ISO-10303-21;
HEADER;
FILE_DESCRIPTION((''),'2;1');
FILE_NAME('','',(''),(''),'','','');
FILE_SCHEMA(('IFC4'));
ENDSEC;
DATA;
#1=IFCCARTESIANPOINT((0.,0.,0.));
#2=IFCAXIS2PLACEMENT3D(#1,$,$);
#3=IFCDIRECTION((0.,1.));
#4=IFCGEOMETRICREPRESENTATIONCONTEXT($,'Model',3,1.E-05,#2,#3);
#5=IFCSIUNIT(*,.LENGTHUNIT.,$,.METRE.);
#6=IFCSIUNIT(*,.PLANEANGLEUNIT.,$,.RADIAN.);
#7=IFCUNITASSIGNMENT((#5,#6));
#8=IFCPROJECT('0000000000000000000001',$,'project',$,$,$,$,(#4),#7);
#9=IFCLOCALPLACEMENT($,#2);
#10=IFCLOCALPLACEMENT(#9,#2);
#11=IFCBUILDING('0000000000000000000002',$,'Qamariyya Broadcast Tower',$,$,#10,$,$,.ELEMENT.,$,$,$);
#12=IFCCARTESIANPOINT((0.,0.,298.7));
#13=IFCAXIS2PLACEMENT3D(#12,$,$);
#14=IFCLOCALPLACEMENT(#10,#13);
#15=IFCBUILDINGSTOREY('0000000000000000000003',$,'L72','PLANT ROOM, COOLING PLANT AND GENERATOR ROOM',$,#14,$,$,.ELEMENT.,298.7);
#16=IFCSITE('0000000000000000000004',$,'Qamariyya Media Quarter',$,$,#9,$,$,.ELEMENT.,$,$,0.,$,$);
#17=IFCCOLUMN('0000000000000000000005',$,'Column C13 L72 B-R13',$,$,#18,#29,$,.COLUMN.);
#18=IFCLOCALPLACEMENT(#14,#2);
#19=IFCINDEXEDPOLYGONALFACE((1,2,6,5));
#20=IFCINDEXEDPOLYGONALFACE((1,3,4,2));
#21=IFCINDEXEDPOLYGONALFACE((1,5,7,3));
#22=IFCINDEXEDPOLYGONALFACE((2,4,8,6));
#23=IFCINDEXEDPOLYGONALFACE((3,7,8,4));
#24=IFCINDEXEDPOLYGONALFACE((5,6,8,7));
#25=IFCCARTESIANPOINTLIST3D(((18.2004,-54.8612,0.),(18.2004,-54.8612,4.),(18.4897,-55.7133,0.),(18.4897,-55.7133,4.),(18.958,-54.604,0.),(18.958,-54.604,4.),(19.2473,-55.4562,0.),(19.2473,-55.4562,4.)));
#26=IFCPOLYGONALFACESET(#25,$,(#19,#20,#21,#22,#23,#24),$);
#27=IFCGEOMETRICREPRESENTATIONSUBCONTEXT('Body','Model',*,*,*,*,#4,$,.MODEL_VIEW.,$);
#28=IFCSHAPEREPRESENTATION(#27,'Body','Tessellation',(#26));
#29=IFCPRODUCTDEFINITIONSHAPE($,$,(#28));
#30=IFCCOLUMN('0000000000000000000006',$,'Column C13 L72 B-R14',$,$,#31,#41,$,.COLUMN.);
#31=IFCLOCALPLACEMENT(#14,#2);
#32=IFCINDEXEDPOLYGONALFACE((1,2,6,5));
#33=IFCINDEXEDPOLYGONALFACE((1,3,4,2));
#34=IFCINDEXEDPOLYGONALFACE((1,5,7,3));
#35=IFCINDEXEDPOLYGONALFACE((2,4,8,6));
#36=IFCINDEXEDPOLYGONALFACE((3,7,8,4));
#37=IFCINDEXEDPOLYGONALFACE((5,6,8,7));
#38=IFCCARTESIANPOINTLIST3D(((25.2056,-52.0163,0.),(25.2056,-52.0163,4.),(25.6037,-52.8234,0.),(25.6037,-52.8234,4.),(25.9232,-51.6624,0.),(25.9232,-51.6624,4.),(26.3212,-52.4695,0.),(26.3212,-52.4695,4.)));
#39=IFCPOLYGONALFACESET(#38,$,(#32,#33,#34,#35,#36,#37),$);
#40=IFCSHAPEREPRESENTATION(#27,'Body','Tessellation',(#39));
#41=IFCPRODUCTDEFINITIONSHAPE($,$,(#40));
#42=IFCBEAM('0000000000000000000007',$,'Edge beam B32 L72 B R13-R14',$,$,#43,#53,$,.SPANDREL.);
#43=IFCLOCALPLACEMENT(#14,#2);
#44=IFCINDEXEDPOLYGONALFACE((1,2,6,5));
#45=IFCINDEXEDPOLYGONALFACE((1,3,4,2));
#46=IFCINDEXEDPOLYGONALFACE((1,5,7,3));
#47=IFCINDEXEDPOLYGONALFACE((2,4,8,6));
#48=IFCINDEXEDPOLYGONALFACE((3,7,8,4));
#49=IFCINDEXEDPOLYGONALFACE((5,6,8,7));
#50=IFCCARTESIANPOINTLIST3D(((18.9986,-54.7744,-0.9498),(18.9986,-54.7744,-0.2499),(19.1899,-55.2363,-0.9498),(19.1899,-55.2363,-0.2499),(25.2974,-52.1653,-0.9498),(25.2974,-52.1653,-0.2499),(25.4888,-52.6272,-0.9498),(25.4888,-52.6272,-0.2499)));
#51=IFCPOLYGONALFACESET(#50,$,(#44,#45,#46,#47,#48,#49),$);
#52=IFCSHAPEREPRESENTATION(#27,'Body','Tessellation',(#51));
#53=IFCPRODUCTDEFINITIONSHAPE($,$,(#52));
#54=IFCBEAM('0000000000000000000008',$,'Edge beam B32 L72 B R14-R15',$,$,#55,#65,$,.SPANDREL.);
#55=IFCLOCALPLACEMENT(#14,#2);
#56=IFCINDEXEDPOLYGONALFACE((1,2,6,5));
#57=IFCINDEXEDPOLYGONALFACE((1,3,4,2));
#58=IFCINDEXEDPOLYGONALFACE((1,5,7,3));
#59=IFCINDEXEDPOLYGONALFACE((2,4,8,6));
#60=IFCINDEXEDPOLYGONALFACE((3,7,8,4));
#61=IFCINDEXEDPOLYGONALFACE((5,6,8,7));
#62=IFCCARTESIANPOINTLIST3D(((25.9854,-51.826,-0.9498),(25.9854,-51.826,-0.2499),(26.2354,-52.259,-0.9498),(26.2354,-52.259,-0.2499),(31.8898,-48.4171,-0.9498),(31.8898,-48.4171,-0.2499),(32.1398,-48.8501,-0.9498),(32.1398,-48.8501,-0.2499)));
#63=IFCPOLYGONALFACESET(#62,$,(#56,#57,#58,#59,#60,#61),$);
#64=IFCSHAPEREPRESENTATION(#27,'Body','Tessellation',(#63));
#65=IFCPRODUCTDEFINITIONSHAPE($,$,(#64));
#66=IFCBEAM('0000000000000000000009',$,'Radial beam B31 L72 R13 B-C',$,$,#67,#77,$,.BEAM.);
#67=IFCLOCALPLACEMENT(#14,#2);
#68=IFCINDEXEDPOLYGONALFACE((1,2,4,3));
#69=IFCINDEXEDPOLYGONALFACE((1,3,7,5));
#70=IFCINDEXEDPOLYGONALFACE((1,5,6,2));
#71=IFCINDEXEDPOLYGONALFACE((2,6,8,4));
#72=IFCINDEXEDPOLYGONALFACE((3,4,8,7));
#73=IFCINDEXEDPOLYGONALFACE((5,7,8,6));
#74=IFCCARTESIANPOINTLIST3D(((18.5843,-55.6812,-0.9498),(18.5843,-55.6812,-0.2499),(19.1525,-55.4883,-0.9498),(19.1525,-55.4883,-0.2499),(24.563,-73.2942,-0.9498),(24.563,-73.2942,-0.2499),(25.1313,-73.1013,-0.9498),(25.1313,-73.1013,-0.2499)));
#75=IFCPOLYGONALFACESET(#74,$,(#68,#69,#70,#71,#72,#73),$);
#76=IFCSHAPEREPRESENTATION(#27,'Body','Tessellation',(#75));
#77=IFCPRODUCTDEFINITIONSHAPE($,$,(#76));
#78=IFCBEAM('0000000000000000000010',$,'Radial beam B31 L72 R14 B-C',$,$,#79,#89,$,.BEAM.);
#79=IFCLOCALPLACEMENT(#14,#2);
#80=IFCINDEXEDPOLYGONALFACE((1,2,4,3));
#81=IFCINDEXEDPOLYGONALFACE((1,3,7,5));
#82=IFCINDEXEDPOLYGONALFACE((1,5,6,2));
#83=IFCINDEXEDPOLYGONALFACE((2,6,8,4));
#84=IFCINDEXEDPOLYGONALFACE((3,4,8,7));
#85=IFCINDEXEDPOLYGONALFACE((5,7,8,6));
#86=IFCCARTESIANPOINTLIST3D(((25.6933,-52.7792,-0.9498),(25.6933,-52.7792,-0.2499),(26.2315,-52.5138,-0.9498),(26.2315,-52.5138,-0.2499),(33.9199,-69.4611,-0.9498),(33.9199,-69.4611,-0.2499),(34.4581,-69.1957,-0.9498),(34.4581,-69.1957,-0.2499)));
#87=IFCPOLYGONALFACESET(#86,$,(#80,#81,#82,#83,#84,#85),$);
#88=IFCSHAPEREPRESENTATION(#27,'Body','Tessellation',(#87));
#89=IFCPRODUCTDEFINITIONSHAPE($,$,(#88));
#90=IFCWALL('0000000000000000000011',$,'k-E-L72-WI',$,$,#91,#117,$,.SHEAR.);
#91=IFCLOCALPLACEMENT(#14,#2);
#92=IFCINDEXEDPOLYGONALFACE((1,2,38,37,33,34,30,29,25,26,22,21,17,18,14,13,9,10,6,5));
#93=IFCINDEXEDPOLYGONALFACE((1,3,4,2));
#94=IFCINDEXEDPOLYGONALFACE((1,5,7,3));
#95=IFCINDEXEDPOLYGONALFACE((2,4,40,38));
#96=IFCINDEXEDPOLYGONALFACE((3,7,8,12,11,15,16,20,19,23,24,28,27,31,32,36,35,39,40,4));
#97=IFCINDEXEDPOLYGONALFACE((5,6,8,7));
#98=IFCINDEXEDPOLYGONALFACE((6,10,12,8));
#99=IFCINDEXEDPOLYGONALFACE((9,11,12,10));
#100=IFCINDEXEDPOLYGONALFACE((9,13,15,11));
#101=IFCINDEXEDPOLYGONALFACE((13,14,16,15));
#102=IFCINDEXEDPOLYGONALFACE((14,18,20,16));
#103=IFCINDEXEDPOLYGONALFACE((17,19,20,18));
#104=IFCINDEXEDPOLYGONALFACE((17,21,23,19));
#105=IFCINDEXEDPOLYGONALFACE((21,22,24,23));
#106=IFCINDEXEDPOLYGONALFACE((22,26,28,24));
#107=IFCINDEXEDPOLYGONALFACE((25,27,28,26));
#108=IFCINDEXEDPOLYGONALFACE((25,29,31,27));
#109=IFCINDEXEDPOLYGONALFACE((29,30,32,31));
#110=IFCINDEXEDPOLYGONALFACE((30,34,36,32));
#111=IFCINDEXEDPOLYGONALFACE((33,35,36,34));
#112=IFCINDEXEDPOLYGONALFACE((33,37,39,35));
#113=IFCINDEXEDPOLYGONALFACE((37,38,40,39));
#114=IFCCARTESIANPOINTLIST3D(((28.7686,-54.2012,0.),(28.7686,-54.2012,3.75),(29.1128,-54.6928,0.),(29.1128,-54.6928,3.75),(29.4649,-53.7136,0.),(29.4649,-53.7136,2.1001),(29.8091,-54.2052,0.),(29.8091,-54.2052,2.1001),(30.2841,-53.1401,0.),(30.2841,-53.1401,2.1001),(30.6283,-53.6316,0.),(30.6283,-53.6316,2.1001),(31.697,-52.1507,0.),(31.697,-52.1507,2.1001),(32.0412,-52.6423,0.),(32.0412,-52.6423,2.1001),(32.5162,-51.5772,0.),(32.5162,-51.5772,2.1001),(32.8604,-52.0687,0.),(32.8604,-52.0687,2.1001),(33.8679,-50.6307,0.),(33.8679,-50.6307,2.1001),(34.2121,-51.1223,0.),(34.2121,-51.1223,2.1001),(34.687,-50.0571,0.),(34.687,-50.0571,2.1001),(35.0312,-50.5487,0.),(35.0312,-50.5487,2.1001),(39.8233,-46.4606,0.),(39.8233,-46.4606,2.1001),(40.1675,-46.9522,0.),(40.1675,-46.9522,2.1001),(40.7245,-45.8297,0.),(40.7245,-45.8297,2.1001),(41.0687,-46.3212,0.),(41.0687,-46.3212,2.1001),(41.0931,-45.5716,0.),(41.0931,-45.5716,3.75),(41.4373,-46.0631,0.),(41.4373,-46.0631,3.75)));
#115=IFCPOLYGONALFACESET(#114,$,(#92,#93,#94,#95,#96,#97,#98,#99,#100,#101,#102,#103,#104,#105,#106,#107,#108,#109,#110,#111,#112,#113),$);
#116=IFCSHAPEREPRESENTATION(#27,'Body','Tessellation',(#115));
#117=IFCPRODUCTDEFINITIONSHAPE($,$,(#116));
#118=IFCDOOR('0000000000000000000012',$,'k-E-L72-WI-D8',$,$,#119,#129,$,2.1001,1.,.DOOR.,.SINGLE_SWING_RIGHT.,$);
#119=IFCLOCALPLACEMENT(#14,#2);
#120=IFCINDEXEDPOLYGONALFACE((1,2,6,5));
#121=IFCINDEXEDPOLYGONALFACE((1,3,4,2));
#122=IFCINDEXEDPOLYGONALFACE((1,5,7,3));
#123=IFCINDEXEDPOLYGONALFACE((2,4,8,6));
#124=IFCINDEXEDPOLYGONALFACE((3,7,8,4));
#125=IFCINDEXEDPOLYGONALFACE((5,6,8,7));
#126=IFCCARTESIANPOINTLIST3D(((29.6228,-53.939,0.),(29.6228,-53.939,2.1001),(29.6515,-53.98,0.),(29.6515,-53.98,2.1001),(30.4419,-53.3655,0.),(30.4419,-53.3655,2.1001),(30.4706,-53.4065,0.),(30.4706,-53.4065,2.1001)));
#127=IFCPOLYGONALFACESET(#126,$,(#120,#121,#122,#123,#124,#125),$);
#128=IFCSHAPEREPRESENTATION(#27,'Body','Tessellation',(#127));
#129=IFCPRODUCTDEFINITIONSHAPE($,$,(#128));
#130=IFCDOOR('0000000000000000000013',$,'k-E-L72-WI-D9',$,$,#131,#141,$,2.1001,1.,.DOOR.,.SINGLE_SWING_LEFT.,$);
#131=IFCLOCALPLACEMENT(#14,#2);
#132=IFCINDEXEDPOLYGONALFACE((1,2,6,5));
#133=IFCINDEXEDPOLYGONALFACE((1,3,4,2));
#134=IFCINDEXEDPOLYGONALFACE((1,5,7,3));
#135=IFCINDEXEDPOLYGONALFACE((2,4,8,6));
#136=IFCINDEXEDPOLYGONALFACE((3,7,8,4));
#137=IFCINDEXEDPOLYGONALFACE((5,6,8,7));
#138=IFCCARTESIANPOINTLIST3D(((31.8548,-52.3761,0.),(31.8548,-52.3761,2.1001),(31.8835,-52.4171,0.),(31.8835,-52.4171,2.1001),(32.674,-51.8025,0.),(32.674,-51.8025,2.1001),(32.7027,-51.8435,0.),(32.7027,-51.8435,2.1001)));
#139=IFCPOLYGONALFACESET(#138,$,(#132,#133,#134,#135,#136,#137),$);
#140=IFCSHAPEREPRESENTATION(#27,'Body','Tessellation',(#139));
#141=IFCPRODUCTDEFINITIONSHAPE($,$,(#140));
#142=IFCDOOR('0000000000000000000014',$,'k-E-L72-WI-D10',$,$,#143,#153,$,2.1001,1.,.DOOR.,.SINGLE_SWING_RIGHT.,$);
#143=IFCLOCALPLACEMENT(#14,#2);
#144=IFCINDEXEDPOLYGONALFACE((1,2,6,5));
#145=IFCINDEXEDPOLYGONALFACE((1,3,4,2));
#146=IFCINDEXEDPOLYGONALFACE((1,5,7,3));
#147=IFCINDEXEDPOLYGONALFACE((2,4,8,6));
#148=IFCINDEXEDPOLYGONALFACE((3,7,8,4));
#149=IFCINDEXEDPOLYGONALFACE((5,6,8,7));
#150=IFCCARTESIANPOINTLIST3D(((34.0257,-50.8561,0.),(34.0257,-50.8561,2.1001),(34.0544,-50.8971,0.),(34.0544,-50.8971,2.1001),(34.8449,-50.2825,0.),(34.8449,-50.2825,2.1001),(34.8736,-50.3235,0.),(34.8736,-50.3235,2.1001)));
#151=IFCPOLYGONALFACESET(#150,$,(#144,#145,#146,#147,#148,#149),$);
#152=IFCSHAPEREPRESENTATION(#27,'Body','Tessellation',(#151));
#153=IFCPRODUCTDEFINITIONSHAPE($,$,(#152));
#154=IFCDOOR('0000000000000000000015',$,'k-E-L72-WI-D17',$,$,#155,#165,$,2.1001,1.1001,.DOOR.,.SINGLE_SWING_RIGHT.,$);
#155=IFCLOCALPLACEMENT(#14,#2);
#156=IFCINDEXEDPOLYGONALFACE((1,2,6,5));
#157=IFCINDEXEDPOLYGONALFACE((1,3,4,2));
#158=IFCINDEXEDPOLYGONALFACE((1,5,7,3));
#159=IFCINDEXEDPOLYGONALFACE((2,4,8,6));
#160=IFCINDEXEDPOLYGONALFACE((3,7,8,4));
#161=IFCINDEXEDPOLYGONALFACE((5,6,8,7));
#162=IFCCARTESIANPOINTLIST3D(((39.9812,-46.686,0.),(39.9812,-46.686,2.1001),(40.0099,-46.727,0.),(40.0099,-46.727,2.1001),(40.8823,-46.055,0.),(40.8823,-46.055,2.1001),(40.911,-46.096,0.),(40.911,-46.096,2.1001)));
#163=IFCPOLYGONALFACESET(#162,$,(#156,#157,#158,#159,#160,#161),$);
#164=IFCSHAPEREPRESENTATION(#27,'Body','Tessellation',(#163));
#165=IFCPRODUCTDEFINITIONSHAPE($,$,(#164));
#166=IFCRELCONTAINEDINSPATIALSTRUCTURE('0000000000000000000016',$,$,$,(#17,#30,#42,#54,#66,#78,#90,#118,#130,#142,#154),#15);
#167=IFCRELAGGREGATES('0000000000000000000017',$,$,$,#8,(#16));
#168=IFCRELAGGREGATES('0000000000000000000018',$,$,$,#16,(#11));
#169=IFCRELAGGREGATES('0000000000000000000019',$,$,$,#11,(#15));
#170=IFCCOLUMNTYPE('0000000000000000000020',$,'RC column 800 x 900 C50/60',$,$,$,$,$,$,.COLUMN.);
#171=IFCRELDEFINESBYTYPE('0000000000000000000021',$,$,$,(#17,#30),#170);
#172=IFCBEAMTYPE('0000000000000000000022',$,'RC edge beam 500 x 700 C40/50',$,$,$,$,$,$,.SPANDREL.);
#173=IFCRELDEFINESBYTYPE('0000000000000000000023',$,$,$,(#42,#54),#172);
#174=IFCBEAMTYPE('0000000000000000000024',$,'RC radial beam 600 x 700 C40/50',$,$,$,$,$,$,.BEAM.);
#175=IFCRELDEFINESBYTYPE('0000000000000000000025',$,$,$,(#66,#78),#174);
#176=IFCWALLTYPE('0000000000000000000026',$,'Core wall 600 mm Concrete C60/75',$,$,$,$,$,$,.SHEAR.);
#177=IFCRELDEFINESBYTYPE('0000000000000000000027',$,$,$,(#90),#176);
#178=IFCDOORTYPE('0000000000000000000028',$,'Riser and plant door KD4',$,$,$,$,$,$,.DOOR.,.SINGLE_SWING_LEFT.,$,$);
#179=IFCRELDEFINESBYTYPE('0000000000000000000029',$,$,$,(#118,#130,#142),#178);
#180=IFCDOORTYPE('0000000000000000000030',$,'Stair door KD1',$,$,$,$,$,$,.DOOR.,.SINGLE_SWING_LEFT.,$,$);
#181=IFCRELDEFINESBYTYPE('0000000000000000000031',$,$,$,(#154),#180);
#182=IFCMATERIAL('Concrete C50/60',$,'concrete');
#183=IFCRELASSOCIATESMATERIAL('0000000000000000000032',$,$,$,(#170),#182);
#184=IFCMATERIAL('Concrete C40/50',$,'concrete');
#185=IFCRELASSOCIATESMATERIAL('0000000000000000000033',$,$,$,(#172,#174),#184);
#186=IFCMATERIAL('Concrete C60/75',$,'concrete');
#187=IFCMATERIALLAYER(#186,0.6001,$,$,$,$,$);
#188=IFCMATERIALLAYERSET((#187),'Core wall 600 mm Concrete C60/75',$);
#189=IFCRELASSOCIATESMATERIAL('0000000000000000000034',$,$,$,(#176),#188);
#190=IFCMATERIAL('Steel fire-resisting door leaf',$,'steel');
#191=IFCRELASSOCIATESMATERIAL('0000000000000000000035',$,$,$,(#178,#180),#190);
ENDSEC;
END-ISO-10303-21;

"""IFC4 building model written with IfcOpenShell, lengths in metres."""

from ifc_helpers import new_model, si_unit, direction, frame, frame_2d, origin, origin_2d, place, context, subcontext, project, spatial, rectangle, extrude, material, layer, layer_set, material_profile, profile_set, type_object, element, fill, save


model = new_model("IFC4")

# Units and contexts
model_context = context("Model", 3, precision=1e-05, world=origin(), true_north=direction((0.0, 1.0)))
body_context = subcontext(model_context, "Body", "Model", "MODEL_VIEW")
ifc_project = project(units=[si_unit("LENGTHUNIT", "METRE"), si_unit("PLANEANGLEUNIT", "RADIAN")], contexts=[model_context])

# Site, building, storey
site_placement = place(None, origin())
site = spatial("IfcSite", under=ifc_project, at=site_placement, Name="Qamariyya Media Quarter", CompositionType="ELEMENT", RefElevation=0.0)
building_placement = place(site_placement, origin())
building = spatial("IfcBuilding", under=site, at=building_placement, Name="Qamariyya Broadcast Tower", CompositionType="ELEMENT")
storey_placement = place(building_placement, frame((0.0, 0.0, 298.7)))
storey = spatial("IfcBuildingStorey", under=building, at=storey_placement, Name="L72", Description="PLANT ROOM, COOLING PLANT AND GENERATOR ROOM", CompositionType="ELEMENT", Elevation=298.7)

# Columns
ifc_material_1 = material(Name="Concrete C50/60", Category="concrete")
ifc_material_profile_1 = material_profile(ifc_material_1, rectangle(XDim=0.8, YDim=0.8999, at=origin_2d()))
ifc_profile_set_1 = profile_set([ifc_material_profile_1], Name="Concrete C50/60")
column_type = type_object("IfcColumnType", Name="RC column 800 x 900 C50/60", PredefinedType="COLUMN", material=ifc_profile_set_1)
for number, where, z_axis, x_axis, name in (
    (1, (18.7239, -55.1587, 0.0), (0.0, 0.0, 1.0), (0.94693, 0.321439, 0.0), "Column C13 L72 B-R13"),
    (2, (25.7634, -52.2429, 0.0), (0.0, 0.0, 1.0), (0.896873, 0.442289, 0.0), "Column C13 L72 B-R14"),
):
    element("IfcColumn", number, at=place(storey_placement, frame(where, z_axis=z_axis, x_axis=x_axis)), inside=storey, type_object=column_type, Name=name, PredefinedType="COLUMN", context=body_context, shape_type="SweptSolid", body=[
        extrude(rectangle(XDim=0.8, YDim=0.8999, at=origin_2d()), origin(), (0.0, 0.0, 1.0), 4.0),
    ])

# Beams
ifc_material_2 = material(Name="Concrete C40/50", Category="concrete")
ifc_material_profile_2 = material_profile(ifc_material_2, rectangle(XDim=0.5, YDim=0.7, at=origin_2d()))
ifc_profile_set_2 = profile_set([ifc_material_profile_2], Name="Concrete C40/50")
beam_type_1 = type_object("IfcBeamType", Name="RC edge beam 500 x 700 C40/50", PredefinedType="SPANDREL", material=ifc_profile_set_2)
for number, where, z_axis, x_axis, name in (
    (3, (19.0942, -55.0054, -0.5999), (0.923876, 0.382692, 0.0), (-0.382692, 0.923876, 0.0), "Edge beam B32 L72 B R13-R14"),
    (4, (26.1104, -52.0425, -0.5999), (0.866029, 0.499994, 0.0), (-0.499994, 0.866029, 0.0), "Edge beam B32 L72 B R14-R15"),
):
    element("IfcBeam", number, at=place(storey_placement, frame(where, z_axis=z_axis, x_axis=x_axis)), inside=storey, type_object=beam_type_1, Name=name, PredefinedType="SPANDREL", context=body_context, shape_type="SweptSolid", body=[
        extrude(rectangle(XDim=0.5, YDim=0.7, at=origin_2d()), origin(), (0.0, 0.0, 1.0), 6.8179),
    ])
ifc_material_profile_3 = material_profile(ifc_material_2, rectangle(XDim=0.6001, YDim=0.7, at=origin_2d()))
ifc_profile_set_3 = profile_set([ifc_material_profile_3], Name="Concrete C40/50")
beam_type_2 = type_object("IfcBeamType", Name="RC radial beam 600 x 700 C40/50", PredefinedType="BEAM", material=ifc_profile_set_3)
for number, where, z_axis, x_axis, name in (
    (5, (18.8684, -55.5847, -0.5999), (0.321437, -0.946931, 0.0), (0.946931, 0.321437, 0.0), "Radial beam B31 L72 R13 B-C"),
    (6, (25.9624, -52.6465, -0.5999), (0.442287, -0.896873, 0.0), (0.896873, 0.442287, 0.0), "Radial beam B31 L72 R14 B-C"),
):
    element("IfcBeam", number, at=place(storey_placement, frame(where, z_axis=z_axis, x_axis=x_axis)), inside=storey, type_object=beam_type_2, Name=name, PredefinedType="BEAM", context=body_context, shape_type="SweptSolid", body=[
        extrude(rectangle(XDim=0.6001, YDim=0.7, at=origin_2d()), origin(), (0.0, 0.0, 1.0), 18.6001),
    ])

# Wall, openings, doors
ifc_material_3 = material(Name="Concrete C60/75", Category="concrete")
ifc_layer_1 = layer(ifc_material_3, 0.6001)
ifc_layer_set_1 = layer_set([ifc_layer_1], Name="Core wall 600 mm Concrete C60/75")
wall_type_1 = type_object("IfcWallType", Name="Core wall 600 mm Concrete C60/75", PredefinedType="SHEAR", material=ifc_layer_set_1)
wall_1_placement = place(storey_placement, frame((28.9407, -54.447, 0.0), z_axis=(0.0, 0.0, 1.0), x_axis=(0.819153, 0.573575, 0.0)))
wall_1 = element("IfcWall", 7, at=wall_1_placement, inside=storey, type_object=wall_type_1, Name="k-E-L72-WI", PredefinedType="SHEAR", context=body_context, shape_type="SweptSolid", body=[
    extrude(rectangle(XDim=15.0454, YDim=0.6001, at=frame_2d((7.5227, 0.0))), origin(), (0.0, 0.0, 1.0), 3.75),
])
opening_1_placement = place(wall_1_placement, frame((0.8501, 0.0, 0.0)))
opening_1 = element("IfcOpeningElement", 8, at=opening_1_placement, cuts=wall_1, PredefinedType="OPENING", context=body_context, shape_type="SweptSolid", body=[
    extrude(rectangle(XDim=1.0, YDim=2.1001, at=frame_2d((0.5, 1.05))), frame((0.0, 0.3101, 0.0), z_axis=(0.0, -1.0, 0.0), x_axis=(1.0, 0.0, 0.0)), (0.0, 0.0, 1.0), 0.6201),
])
opening_2_placement = place(wall_1_placement, frame((3.575, 0.0, 0.0)))
opening_2 = element("IfcOpeningElement", 9, at=opening_2_placement, cuts=wall_1, PredefinedType="OPENING", context=body_context, shape_type="SweptSolid", body=[
    extrude(rectangle(XDim=1.0, YDim=2.1001, at=frame_2d((0.5, 1.05))), frame((0.0, 0.3101, 0.0), z_axis=(0.0, -1.0, 0.0), x_axis=(1.0, 0.0, 0.0)), (0.0, 0.0, 1.0), 0.6201),
])
opening_3_placement = place(wall_1_placement, frame((6.2251, 0.0, 0.0)))
opening_3 = element("IfcOpeningElement", 10, at=opening_3_placement, cuts=wall_1, PredefinedType="OPENING", context=body_context, shape_type="SweptSolid", body=[
    extrude(rectangle(XDim=1.0, YDim=2.1001, at=frame_2d((0.5, 1.05))), frame((0.0, 0.3101, 0.0), z_axis=(0.0, -1.0, 0.0), x_axis=(1.0, 0.0, 0.0)), (0.0, 0.0, 1.0), 0.6201),
])
opening_4_placement = place(wall_1_placement, frame((13.4954, 0.0, 0.0)))
opening_4 = element("IfcOpeningElement", 11, at=opening_4_placement, cuts=wall_1, PredefinedType="OPENING", context=body_context, shape_type="SweptSolid", body=[
    extrude(rectangle(XDim=1.1001, YDim=2.1001, at=frame_2d((0.55, 1.05))), frame((0.0, 0.3101, 0.0), z_axis=(0.0, -1.0, 0.0), x_axis=(1.0, 0.0, 0.0)), (0.0, 0.0, 1.0), 0.6201),
])
ifc_material_4 = material(Name="Steel fire-resisting door leaf", Category="steel")
door_type_1 = type_object("IfcDoorType", Name="Riser and plant door KD4", OperationType="SINGLE_SWING_LEFT", PredefinedType="DOOR", material=ifc_material_4)
door_1_placement = place(opening_1_placement, origin())
door_1 = element("IfcDoor", 12, at=door_1_placement, inside=storey, type_object=door_type_1, Name="k-E-L72-WI-D8", OperationType="SINGLE_SWING_RIGHT", OverallHeight=2.1001, OverallWidth=1.0, PredefinedType="DOOR", context=body_context, shape_type="SweptSolid", body=[
    extrude(rectangle(XDim=1.0, YDim=2.1001, at=frame_2d((0.5, 1.05))), frame((0.0, 0.0249, 0.0), z_axis=(0.0, -1.0, 0.0), x_axis=(1.0, 0.0, 0.0)), (0.0, 0.0, 1.0), 0.05),
])
fill(opening_1, door_1)
door_2_placement = place(opening_2_placement, origin())
door_2 = element("IfcDoor", 13, at=door_2_placement, inside=storey, type_object=door_type_1, Name="k-E-L72-WI-D9", OperationType="SINGLE_SWING_LEFT", OverallHeight=2.1001, OverallWidth=1.0, PredefinedType="DOOR", context=body_context, shape_type="SweptSolid", body=[
    extrude(rectangle(XDim=1.0, YDim=2.1001, at=frame_2d((0.5, 1.05))), frame((0.0, 0.0249, 0.0), z_axis=(0.0, -1.0, 0.0), x_axis=(1.0, 0.0, 0.0)), (0.0, 0.0, 1.0), 0.05),
])
fill(opening_2, door_2)
door_3_placement = place(opening_3_placement, origin())
door_3 = element("IfcDoor", 14, at=door_3_placement, inside=storey, type_object=door_type_1, Name="k-E-L72-WI-D10", OperationType="SINGLE_SWING_RIGHT", OverallHeight=2.1001, OverallWidth=1.0, PredefinedType="DOOR", context=body_context, shape_type="SweptSolid", body=[
    extrude(rectangle(XDim=1.0, YDim=2.1001, at=frame_2d((0.5, 1.05))), frame((0.0, 0.0249, 0.0), z_axis=(0.0, -1.0, 0.0), x_axis=(1.0, 0.0, 0.0)), (0.0, 0.0, 1.0), 0.05),
])
fill(opening_3, door_3)
door_type_2 = type_object("IfcDoorType", Name="Stair door KD1", OperationType="SINGLE_SWING_LEFT", PredefinedType="DOOR", material=ifc_material_4)
door_4_placement = place(opening_4_placement, origin())
door_4 = element("IfcDoor", 15, at=door_4_placement, inside=storey, type_object=door_type_2, Name="k-E-L72-WI-D17", OperationType="SINGLE_SWING_RIGHT", OverallHeight=2.1001, OverallWidth=1.1001, PredefinedType="DOOR", context=body_context, shape_type="SweptSolid", body=[
    extrude(rectangle(XDim=1.1001, YDim=2.1001, at=frame_2d((0.55, 1.05))), frame((0.0, 0.0249, 0.0), z_axis=(0.0, -1.0, 0.0), x_axis=(1.0, 0.0, 0.0)), (0.0, 0.0, 1.0), 0.05),
])
fill(opening_4, door_4)

save(model, "model.ifc")
